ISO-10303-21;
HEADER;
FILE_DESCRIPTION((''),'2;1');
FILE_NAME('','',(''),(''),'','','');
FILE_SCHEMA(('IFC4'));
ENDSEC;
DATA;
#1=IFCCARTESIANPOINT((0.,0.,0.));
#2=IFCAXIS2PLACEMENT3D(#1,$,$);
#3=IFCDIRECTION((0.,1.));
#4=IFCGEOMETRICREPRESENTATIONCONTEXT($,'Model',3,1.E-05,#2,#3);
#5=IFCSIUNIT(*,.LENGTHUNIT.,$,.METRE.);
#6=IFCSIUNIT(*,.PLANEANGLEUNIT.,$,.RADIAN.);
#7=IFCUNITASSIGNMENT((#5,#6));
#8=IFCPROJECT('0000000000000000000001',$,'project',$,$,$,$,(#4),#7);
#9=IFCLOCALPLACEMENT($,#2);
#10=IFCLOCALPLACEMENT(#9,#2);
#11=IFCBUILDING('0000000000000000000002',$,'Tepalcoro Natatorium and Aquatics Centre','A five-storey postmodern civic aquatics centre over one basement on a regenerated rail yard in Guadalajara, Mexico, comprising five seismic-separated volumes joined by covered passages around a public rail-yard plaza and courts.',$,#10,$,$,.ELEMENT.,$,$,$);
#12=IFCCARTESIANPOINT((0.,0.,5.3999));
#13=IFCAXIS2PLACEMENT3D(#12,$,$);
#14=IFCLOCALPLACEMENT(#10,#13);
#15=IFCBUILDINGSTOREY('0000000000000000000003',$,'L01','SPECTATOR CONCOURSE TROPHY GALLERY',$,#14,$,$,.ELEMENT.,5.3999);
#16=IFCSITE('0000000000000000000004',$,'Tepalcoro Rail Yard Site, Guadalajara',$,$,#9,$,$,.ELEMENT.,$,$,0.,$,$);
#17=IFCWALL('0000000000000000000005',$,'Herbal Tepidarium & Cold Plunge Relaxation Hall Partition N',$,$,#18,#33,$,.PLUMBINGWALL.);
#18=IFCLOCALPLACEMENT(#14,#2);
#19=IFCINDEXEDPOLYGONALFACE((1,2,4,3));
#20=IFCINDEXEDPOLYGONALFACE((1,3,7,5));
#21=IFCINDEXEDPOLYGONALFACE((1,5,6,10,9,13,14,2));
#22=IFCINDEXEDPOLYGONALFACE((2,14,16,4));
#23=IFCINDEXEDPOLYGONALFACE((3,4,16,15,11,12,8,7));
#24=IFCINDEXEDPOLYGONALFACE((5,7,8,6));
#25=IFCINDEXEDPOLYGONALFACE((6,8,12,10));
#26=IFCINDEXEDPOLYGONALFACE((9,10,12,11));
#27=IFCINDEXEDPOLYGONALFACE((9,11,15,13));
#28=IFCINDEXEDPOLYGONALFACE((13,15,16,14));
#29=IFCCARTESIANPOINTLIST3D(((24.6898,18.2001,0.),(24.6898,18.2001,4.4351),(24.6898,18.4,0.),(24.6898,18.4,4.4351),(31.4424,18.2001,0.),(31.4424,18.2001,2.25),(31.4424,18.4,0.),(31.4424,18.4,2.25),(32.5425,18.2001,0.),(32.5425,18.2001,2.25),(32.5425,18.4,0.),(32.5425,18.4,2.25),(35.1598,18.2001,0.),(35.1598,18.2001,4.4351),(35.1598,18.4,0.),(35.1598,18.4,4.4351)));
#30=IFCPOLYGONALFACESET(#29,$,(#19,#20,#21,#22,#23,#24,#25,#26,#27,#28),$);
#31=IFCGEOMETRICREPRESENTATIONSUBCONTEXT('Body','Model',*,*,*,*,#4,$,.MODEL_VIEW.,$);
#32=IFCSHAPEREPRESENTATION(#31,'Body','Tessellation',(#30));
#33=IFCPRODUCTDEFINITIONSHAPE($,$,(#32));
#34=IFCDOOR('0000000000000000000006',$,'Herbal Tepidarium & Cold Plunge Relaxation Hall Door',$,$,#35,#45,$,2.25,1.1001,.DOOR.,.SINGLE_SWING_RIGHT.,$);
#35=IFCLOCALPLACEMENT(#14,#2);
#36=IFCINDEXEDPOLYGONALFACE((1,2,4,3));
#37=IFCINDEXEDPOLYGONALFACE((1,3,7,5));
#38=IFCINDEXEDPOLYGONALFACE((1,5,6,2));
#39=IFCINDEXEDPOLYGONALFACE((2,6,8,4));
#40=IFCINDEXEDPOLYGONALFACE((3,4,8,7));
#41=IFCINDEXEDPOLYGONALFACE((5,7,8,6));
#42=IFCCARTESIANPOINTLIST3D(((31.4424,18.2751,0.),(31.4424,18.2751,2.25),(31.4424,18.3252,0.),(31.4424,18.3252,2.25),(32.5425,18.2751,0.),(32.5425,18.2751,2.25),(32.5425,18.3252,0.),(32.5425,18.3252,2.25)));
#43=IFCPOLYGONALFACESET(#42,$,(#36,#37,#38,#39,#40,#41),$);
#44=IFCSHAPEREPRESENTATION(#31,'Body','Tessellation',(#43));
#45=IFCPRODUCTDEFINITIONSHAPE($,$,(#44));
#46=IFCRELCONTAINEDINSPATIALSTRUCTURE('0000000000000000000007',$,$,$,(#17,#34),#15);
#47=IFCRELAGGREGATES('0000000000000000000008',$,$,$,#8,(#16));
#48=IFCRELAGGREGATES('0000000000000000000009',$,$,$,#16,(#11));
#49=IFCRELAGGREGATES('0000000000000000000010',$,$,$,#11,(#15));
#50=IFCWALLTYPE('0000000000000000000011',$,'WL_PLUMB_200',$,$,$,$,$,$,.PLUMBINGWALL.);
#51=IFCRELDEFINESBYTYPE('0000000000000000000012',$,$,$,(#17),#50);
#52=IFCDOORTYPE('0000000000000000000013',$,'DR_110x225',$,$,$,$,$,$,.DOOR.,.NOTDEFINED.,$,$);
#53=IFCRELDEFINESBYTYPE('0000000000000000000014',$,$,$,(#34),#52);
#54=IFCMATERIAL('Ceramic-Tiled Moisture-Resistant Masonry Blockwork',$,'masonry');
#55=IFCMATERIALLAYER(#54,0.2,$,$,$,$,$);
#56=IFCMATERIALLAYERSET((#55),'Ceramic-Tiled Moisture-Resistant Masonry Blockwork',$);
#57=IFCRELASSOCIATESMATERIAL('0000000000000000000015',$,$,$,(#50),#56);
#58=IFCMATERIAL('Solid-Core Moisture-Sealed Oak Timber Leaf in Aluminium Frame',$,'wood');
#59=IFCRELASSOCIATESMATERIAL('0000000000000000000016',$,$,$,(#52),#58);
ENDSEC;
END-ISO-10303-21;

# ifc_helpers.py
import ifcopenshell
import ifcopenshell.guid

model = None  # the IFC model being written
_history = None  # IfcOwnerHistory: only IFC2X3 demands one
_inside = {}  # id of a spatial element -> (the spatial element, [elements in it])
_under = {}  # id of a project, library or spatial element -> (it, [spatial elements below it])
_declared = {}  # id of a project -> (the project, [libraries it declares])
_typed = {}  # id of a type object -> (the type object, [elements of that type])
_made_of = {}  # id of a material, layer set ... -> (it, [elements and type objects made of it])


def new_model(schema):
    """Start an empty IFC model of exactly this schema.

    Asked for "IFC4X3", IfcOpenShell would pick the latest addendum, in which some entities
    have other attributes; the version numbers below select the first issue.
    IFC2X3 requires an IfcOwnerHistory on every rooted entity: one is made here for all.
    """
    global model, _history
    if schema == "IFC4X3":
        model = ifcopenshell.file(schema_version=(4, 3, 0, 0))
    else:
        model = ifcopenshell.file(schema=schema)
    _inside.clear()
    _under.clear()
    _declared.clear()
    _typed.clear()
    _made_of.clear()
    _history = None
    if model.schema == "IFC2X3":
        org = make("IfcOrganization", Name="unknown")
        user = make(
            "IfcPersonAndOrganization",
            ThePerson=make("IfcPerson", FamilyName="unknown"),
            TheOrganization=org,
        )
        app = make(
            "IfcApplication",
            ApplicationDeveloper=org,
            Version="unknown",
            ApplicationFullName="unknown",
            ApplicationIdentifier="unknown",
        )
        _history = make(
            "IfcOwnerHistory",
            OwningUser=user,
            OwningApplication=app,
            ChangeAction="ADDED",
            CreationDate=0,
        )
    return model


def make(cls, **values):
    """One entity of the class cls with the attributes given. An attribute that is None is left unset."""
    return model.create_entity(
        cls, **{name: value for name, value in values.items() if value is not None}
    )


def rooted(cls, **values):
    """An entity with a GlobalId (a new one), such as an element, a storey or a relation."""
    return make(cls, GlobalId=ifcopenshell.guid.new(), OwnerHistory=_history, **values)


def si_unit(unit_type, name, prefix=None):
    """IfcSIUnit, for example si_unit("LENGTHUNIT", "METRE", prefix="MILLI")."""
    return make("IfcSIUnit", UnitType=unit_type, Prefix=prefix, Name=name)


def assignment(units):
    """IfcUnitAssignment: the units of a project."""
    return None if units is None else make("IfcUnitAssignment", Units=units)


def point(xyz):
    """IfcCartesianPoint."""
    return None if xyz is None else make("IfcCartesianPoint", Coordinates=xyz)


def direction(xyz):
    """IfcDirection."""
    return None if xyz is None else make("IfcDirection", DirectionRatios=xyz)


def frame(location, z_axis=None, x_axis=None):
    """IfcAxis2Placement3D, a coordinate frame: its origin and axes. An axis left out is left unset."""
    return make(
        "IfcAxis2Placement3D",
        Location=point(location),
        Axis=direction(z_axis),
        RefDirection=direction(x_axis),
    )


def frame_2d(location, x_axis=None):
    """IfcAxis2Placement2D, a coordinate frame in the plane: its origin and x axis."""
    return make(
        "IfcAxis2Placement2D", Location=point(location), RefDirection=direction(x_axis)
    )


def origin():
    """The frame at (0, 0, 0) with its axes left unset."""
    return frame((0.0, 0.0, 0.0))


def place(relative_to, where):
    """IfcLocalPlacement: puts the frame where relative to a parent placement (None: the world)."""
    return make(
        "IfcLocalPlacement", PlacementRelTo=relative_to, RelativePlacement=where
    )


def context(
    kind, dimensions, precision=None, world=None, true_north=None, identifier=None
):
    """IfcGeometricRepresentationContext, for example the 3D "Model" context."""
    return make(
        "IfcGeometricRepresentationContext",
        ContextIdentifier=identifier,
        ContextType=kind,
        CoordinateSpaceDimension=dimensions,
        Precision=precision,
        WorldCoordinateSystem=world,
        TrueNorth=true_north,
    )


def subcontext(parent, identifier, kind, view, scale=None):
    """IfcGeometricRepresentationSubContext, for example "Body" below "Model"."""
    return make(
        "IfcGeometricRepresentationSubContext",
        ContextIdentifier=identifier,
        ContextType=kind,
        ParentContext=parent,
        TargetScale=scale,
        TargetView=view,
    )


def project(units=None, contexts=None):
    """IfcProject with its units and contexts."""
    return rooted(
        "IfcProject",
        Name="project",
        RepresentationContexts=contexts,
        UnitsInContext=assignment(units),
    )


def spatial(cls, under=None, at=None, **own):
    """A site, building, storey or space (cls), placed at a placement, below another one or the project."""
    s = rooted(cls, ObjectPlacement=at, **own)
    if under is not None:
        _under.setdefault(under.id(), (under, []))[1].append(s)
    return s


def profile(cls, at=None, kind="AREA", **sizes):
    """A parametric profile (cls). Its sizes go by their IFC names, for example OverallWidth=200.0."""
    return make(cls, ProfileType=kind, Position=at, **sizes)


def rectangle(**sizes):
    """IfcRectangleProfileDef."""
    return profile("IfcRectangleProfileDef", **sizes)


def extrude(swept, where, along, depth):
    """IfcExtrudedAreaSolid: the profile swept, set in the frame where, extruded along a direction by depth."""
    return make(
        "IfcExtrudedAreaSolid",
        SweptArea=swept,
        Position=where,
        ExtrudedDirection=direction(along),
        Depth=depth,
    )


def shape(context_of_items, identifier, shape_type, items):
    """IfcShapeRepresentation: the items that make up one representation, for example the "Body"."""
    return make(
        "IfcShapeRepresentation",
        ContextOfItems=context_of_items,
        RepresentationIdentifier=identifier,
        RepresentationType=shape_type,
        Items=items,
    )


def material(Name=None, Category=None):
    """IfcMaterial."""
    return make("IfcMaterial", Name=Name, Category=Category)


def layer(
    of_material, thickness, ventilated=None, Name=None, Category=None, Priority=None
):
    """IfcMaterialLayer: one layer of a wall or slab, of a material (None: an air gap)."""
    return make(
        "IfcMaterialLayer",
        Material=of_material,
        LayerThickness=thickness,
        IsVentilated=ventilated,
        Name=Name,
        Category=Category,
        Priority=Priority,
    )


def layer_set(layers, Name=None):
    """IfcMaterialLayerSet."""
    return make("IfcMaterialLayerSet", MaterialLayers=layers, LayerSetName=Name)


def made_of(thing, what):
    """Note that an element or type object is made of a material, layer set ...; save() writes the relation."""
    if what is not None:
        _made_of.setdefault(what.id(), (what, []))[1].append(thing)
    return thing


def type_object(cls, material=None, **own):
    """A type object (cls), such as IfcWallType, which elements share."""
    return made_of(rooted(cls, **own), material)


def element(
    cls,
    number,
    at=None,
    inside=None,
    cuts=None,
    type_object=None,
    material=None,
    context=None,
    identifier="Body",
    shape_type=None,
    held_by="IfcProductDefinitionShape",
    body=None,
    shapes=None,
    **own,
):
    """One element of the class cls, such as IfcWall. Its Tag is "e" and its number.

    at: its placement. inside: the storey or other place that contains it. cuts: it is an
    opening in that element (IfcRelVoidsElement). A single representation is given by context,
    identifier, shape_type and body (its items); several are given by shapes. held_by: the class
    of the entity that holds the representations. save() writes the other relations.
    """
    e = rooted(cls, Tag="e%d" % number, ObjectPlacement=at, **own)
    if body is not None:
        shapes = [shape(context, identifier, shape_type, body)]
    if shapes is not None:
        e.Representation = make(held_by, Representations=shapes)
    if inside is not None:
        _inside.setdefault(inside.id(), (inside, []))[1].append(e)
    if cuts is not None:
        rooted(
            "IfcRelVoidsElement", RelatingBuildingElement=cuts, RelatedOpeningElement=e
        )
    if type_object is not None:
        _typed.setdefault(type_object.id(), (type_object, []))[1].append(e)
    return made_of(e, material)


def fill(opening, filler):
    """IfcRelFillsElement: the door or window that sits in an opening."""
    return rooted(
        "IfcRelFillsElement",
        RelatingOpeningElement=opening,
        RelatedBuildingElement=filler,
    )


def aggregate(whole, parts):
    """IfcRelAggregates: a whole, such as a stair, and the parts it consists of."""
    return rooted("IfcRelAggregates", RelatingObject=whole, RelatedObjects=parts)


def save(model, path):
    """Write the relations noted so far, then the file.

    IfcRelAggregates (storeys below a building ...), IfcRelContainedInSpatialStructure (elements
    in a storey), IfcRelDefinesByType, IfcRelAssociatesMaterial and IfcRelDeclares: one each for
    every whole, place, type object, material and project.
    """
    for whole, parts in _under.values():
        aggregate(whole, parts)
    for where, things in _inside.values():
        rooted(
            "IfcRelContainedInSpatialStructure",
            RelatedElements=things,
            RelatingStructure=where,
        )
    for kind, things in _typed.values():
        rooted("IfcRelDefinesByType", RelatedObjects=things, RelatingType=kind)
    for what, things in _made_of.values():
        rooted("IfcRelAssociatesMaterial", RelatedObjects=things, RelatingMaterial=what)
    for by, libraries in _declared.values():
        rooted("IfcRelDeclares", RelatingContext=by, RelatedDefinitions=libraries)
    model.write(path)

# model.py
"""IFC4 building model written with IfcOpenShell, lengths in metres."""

from ifc_helpers import new_model, si_unit, direction, frame, frame_2d, origin, place, context, subcontext, project, spatial, rectangle, extrude, material, layer, layer_set, type_object, element, fill, save


model = new_model("IFC4")

# Units and contexts
model_context = context("Model", 3, precision=1e-05, world=origin(), true_north=direction((0.0, 1.0)))
body_context = subcontext(model_context, "Body", "Model", "MODEL_VIEW")
ifc_project = project(units=[si_unit("LENGTHUNIT", "METRE"), si_unit("PLANEANGLEUNIT", "RADIAN")], contexts=[model_context])

# Site, building, storey
site_placement = place(None, origin())
site = spatial("IfcSite", under=ifc_project, at=site_placement, Name="Tepalcoro Rail Yard Site, Guadalajara", CompositionType="ELEMENT", RefElevation=0.0)
building_placement = place(site_placement, origin())
building = spatial("IfcBuilding", under=site, at=building_placement, Name="Tepalcoro Natatorium and Aquatics Centre", Description="A five-storey postmodern civic aquatics centre over one basement on a regenerated rail yard in Guadalajara, Mexico, comprising five seismic-separated volumes joined by covered passages around a public rail-yard plaza and courts.", CompositionType="ELEMENT")
storey_placement = place(building_placement, frame((0.0, 0.0, 5.3999)))
storey = spatial("IfcBuildingStorey", under=building, at=storey_placement, Name="L01", Description="SPECTATOR CONCOURSE TROPHY GALLERY", CompositionType="ELEMENT", Elevation=5.3999)

# Wall, opening, door
ifc_material_1 = material(Name="Ceramic-Tiled Moisture-Resistant Masonry Blockwork", Category="masonry")
ifc_layer_1 = layer(ifc_material_1, 0.2)
ifc_layer_set_1 = layer_set([ifc_layer_1], Name="Ceramic-Tiled Moisture-Resistant Masonry Blockwork")
wall_type = type_object("IfcWallType", Name="WL_PLUMB_200", PredefinedType="PLUMBINGWALL", material=ifc_layer_set_1)
wall_placement = place(storey_placement, frame((24.6899, 18.3, 0.0), z_axis=(0.0, 0.0, 1.0), x_axis=(1.0, 0.0, 0.0)))
wall = element("IfcWall", 1, at=wall_placement, inside=storey, type_object=wall_type, Name="Herbal Tepidarium & Cold Plunge Relaxation Hall Partition N", PredefinedType="PLUMBINGWALL", context=body_context, shape_type="SweptSolid", body=[
    extrude(rectangle(XDim=10.47, YDim=0.2, at=frame_2d((5.2349, 0.0))), origin(), (0.0, 0.0, 1.0), 4.4351),
])
opening_placement = place(wall_placement, frame((6.7524, 0.0, 0.0)))
opening = element("IfcOpeningElement", 2, at=opening_placement, cuts=wall, PredefinedType="OPENING", context=body_context, shape_type="SweptSolid", body=[
    extrude(rectangle(XDim=1.1001, YDim=2.25, at=frame_2d((0.55, 1.125))), frame((0.0, 0.1118, 0.0), z_axis=(0.0, -1.0, 0.0), x_axis=(1.0, 0.0, 0.0)), (0.0, 0.0, 1.0), 0.2239),
])
ifc_material_2 = material(Name="Solid-Core Moisture-Sealed Oak Timber Leaf in Aluminium Frame", Category="wood")
door_type = type_object("IfcDoorType", Name="DR_110x225", OperationType="NOTDEFINED", PredefinedType="DOOR", material=ifc_material_2)
door_placement = place(opening_placement, frame((1.1001, 0.0, 0.0), z_axis=(0.0, 0.0, 1.0), x_axis=(-1.0, 0.0, 0.0)))
door = element("IfcDoor", 3, at=door_placement, inside=storey, type_object=door_type, Name="Herbal Tepidarium & Cold Plunge Relaxation Hall Door", OperationType="SINGLE_SWING_RIGHT", OverallHeight=2.25, OverallWidth=1.1001, PredefinedType="DOOR", context=body_context, shape_type="SweptSolid", body=[
    extrude(rectangle(XDim=1.1001, YDim=2.25, at=frame_2d((0.55, 1.125))), frame((0.0, 0.0249, 0.0), z_axis=(0.0, -1.0, 0.0), x_axis=(1.0, 0.0, 0.0)), (0.0, 0.0, 1.0), 0.05),
])
fill(opening, door)

save(model, "model.ifc")
